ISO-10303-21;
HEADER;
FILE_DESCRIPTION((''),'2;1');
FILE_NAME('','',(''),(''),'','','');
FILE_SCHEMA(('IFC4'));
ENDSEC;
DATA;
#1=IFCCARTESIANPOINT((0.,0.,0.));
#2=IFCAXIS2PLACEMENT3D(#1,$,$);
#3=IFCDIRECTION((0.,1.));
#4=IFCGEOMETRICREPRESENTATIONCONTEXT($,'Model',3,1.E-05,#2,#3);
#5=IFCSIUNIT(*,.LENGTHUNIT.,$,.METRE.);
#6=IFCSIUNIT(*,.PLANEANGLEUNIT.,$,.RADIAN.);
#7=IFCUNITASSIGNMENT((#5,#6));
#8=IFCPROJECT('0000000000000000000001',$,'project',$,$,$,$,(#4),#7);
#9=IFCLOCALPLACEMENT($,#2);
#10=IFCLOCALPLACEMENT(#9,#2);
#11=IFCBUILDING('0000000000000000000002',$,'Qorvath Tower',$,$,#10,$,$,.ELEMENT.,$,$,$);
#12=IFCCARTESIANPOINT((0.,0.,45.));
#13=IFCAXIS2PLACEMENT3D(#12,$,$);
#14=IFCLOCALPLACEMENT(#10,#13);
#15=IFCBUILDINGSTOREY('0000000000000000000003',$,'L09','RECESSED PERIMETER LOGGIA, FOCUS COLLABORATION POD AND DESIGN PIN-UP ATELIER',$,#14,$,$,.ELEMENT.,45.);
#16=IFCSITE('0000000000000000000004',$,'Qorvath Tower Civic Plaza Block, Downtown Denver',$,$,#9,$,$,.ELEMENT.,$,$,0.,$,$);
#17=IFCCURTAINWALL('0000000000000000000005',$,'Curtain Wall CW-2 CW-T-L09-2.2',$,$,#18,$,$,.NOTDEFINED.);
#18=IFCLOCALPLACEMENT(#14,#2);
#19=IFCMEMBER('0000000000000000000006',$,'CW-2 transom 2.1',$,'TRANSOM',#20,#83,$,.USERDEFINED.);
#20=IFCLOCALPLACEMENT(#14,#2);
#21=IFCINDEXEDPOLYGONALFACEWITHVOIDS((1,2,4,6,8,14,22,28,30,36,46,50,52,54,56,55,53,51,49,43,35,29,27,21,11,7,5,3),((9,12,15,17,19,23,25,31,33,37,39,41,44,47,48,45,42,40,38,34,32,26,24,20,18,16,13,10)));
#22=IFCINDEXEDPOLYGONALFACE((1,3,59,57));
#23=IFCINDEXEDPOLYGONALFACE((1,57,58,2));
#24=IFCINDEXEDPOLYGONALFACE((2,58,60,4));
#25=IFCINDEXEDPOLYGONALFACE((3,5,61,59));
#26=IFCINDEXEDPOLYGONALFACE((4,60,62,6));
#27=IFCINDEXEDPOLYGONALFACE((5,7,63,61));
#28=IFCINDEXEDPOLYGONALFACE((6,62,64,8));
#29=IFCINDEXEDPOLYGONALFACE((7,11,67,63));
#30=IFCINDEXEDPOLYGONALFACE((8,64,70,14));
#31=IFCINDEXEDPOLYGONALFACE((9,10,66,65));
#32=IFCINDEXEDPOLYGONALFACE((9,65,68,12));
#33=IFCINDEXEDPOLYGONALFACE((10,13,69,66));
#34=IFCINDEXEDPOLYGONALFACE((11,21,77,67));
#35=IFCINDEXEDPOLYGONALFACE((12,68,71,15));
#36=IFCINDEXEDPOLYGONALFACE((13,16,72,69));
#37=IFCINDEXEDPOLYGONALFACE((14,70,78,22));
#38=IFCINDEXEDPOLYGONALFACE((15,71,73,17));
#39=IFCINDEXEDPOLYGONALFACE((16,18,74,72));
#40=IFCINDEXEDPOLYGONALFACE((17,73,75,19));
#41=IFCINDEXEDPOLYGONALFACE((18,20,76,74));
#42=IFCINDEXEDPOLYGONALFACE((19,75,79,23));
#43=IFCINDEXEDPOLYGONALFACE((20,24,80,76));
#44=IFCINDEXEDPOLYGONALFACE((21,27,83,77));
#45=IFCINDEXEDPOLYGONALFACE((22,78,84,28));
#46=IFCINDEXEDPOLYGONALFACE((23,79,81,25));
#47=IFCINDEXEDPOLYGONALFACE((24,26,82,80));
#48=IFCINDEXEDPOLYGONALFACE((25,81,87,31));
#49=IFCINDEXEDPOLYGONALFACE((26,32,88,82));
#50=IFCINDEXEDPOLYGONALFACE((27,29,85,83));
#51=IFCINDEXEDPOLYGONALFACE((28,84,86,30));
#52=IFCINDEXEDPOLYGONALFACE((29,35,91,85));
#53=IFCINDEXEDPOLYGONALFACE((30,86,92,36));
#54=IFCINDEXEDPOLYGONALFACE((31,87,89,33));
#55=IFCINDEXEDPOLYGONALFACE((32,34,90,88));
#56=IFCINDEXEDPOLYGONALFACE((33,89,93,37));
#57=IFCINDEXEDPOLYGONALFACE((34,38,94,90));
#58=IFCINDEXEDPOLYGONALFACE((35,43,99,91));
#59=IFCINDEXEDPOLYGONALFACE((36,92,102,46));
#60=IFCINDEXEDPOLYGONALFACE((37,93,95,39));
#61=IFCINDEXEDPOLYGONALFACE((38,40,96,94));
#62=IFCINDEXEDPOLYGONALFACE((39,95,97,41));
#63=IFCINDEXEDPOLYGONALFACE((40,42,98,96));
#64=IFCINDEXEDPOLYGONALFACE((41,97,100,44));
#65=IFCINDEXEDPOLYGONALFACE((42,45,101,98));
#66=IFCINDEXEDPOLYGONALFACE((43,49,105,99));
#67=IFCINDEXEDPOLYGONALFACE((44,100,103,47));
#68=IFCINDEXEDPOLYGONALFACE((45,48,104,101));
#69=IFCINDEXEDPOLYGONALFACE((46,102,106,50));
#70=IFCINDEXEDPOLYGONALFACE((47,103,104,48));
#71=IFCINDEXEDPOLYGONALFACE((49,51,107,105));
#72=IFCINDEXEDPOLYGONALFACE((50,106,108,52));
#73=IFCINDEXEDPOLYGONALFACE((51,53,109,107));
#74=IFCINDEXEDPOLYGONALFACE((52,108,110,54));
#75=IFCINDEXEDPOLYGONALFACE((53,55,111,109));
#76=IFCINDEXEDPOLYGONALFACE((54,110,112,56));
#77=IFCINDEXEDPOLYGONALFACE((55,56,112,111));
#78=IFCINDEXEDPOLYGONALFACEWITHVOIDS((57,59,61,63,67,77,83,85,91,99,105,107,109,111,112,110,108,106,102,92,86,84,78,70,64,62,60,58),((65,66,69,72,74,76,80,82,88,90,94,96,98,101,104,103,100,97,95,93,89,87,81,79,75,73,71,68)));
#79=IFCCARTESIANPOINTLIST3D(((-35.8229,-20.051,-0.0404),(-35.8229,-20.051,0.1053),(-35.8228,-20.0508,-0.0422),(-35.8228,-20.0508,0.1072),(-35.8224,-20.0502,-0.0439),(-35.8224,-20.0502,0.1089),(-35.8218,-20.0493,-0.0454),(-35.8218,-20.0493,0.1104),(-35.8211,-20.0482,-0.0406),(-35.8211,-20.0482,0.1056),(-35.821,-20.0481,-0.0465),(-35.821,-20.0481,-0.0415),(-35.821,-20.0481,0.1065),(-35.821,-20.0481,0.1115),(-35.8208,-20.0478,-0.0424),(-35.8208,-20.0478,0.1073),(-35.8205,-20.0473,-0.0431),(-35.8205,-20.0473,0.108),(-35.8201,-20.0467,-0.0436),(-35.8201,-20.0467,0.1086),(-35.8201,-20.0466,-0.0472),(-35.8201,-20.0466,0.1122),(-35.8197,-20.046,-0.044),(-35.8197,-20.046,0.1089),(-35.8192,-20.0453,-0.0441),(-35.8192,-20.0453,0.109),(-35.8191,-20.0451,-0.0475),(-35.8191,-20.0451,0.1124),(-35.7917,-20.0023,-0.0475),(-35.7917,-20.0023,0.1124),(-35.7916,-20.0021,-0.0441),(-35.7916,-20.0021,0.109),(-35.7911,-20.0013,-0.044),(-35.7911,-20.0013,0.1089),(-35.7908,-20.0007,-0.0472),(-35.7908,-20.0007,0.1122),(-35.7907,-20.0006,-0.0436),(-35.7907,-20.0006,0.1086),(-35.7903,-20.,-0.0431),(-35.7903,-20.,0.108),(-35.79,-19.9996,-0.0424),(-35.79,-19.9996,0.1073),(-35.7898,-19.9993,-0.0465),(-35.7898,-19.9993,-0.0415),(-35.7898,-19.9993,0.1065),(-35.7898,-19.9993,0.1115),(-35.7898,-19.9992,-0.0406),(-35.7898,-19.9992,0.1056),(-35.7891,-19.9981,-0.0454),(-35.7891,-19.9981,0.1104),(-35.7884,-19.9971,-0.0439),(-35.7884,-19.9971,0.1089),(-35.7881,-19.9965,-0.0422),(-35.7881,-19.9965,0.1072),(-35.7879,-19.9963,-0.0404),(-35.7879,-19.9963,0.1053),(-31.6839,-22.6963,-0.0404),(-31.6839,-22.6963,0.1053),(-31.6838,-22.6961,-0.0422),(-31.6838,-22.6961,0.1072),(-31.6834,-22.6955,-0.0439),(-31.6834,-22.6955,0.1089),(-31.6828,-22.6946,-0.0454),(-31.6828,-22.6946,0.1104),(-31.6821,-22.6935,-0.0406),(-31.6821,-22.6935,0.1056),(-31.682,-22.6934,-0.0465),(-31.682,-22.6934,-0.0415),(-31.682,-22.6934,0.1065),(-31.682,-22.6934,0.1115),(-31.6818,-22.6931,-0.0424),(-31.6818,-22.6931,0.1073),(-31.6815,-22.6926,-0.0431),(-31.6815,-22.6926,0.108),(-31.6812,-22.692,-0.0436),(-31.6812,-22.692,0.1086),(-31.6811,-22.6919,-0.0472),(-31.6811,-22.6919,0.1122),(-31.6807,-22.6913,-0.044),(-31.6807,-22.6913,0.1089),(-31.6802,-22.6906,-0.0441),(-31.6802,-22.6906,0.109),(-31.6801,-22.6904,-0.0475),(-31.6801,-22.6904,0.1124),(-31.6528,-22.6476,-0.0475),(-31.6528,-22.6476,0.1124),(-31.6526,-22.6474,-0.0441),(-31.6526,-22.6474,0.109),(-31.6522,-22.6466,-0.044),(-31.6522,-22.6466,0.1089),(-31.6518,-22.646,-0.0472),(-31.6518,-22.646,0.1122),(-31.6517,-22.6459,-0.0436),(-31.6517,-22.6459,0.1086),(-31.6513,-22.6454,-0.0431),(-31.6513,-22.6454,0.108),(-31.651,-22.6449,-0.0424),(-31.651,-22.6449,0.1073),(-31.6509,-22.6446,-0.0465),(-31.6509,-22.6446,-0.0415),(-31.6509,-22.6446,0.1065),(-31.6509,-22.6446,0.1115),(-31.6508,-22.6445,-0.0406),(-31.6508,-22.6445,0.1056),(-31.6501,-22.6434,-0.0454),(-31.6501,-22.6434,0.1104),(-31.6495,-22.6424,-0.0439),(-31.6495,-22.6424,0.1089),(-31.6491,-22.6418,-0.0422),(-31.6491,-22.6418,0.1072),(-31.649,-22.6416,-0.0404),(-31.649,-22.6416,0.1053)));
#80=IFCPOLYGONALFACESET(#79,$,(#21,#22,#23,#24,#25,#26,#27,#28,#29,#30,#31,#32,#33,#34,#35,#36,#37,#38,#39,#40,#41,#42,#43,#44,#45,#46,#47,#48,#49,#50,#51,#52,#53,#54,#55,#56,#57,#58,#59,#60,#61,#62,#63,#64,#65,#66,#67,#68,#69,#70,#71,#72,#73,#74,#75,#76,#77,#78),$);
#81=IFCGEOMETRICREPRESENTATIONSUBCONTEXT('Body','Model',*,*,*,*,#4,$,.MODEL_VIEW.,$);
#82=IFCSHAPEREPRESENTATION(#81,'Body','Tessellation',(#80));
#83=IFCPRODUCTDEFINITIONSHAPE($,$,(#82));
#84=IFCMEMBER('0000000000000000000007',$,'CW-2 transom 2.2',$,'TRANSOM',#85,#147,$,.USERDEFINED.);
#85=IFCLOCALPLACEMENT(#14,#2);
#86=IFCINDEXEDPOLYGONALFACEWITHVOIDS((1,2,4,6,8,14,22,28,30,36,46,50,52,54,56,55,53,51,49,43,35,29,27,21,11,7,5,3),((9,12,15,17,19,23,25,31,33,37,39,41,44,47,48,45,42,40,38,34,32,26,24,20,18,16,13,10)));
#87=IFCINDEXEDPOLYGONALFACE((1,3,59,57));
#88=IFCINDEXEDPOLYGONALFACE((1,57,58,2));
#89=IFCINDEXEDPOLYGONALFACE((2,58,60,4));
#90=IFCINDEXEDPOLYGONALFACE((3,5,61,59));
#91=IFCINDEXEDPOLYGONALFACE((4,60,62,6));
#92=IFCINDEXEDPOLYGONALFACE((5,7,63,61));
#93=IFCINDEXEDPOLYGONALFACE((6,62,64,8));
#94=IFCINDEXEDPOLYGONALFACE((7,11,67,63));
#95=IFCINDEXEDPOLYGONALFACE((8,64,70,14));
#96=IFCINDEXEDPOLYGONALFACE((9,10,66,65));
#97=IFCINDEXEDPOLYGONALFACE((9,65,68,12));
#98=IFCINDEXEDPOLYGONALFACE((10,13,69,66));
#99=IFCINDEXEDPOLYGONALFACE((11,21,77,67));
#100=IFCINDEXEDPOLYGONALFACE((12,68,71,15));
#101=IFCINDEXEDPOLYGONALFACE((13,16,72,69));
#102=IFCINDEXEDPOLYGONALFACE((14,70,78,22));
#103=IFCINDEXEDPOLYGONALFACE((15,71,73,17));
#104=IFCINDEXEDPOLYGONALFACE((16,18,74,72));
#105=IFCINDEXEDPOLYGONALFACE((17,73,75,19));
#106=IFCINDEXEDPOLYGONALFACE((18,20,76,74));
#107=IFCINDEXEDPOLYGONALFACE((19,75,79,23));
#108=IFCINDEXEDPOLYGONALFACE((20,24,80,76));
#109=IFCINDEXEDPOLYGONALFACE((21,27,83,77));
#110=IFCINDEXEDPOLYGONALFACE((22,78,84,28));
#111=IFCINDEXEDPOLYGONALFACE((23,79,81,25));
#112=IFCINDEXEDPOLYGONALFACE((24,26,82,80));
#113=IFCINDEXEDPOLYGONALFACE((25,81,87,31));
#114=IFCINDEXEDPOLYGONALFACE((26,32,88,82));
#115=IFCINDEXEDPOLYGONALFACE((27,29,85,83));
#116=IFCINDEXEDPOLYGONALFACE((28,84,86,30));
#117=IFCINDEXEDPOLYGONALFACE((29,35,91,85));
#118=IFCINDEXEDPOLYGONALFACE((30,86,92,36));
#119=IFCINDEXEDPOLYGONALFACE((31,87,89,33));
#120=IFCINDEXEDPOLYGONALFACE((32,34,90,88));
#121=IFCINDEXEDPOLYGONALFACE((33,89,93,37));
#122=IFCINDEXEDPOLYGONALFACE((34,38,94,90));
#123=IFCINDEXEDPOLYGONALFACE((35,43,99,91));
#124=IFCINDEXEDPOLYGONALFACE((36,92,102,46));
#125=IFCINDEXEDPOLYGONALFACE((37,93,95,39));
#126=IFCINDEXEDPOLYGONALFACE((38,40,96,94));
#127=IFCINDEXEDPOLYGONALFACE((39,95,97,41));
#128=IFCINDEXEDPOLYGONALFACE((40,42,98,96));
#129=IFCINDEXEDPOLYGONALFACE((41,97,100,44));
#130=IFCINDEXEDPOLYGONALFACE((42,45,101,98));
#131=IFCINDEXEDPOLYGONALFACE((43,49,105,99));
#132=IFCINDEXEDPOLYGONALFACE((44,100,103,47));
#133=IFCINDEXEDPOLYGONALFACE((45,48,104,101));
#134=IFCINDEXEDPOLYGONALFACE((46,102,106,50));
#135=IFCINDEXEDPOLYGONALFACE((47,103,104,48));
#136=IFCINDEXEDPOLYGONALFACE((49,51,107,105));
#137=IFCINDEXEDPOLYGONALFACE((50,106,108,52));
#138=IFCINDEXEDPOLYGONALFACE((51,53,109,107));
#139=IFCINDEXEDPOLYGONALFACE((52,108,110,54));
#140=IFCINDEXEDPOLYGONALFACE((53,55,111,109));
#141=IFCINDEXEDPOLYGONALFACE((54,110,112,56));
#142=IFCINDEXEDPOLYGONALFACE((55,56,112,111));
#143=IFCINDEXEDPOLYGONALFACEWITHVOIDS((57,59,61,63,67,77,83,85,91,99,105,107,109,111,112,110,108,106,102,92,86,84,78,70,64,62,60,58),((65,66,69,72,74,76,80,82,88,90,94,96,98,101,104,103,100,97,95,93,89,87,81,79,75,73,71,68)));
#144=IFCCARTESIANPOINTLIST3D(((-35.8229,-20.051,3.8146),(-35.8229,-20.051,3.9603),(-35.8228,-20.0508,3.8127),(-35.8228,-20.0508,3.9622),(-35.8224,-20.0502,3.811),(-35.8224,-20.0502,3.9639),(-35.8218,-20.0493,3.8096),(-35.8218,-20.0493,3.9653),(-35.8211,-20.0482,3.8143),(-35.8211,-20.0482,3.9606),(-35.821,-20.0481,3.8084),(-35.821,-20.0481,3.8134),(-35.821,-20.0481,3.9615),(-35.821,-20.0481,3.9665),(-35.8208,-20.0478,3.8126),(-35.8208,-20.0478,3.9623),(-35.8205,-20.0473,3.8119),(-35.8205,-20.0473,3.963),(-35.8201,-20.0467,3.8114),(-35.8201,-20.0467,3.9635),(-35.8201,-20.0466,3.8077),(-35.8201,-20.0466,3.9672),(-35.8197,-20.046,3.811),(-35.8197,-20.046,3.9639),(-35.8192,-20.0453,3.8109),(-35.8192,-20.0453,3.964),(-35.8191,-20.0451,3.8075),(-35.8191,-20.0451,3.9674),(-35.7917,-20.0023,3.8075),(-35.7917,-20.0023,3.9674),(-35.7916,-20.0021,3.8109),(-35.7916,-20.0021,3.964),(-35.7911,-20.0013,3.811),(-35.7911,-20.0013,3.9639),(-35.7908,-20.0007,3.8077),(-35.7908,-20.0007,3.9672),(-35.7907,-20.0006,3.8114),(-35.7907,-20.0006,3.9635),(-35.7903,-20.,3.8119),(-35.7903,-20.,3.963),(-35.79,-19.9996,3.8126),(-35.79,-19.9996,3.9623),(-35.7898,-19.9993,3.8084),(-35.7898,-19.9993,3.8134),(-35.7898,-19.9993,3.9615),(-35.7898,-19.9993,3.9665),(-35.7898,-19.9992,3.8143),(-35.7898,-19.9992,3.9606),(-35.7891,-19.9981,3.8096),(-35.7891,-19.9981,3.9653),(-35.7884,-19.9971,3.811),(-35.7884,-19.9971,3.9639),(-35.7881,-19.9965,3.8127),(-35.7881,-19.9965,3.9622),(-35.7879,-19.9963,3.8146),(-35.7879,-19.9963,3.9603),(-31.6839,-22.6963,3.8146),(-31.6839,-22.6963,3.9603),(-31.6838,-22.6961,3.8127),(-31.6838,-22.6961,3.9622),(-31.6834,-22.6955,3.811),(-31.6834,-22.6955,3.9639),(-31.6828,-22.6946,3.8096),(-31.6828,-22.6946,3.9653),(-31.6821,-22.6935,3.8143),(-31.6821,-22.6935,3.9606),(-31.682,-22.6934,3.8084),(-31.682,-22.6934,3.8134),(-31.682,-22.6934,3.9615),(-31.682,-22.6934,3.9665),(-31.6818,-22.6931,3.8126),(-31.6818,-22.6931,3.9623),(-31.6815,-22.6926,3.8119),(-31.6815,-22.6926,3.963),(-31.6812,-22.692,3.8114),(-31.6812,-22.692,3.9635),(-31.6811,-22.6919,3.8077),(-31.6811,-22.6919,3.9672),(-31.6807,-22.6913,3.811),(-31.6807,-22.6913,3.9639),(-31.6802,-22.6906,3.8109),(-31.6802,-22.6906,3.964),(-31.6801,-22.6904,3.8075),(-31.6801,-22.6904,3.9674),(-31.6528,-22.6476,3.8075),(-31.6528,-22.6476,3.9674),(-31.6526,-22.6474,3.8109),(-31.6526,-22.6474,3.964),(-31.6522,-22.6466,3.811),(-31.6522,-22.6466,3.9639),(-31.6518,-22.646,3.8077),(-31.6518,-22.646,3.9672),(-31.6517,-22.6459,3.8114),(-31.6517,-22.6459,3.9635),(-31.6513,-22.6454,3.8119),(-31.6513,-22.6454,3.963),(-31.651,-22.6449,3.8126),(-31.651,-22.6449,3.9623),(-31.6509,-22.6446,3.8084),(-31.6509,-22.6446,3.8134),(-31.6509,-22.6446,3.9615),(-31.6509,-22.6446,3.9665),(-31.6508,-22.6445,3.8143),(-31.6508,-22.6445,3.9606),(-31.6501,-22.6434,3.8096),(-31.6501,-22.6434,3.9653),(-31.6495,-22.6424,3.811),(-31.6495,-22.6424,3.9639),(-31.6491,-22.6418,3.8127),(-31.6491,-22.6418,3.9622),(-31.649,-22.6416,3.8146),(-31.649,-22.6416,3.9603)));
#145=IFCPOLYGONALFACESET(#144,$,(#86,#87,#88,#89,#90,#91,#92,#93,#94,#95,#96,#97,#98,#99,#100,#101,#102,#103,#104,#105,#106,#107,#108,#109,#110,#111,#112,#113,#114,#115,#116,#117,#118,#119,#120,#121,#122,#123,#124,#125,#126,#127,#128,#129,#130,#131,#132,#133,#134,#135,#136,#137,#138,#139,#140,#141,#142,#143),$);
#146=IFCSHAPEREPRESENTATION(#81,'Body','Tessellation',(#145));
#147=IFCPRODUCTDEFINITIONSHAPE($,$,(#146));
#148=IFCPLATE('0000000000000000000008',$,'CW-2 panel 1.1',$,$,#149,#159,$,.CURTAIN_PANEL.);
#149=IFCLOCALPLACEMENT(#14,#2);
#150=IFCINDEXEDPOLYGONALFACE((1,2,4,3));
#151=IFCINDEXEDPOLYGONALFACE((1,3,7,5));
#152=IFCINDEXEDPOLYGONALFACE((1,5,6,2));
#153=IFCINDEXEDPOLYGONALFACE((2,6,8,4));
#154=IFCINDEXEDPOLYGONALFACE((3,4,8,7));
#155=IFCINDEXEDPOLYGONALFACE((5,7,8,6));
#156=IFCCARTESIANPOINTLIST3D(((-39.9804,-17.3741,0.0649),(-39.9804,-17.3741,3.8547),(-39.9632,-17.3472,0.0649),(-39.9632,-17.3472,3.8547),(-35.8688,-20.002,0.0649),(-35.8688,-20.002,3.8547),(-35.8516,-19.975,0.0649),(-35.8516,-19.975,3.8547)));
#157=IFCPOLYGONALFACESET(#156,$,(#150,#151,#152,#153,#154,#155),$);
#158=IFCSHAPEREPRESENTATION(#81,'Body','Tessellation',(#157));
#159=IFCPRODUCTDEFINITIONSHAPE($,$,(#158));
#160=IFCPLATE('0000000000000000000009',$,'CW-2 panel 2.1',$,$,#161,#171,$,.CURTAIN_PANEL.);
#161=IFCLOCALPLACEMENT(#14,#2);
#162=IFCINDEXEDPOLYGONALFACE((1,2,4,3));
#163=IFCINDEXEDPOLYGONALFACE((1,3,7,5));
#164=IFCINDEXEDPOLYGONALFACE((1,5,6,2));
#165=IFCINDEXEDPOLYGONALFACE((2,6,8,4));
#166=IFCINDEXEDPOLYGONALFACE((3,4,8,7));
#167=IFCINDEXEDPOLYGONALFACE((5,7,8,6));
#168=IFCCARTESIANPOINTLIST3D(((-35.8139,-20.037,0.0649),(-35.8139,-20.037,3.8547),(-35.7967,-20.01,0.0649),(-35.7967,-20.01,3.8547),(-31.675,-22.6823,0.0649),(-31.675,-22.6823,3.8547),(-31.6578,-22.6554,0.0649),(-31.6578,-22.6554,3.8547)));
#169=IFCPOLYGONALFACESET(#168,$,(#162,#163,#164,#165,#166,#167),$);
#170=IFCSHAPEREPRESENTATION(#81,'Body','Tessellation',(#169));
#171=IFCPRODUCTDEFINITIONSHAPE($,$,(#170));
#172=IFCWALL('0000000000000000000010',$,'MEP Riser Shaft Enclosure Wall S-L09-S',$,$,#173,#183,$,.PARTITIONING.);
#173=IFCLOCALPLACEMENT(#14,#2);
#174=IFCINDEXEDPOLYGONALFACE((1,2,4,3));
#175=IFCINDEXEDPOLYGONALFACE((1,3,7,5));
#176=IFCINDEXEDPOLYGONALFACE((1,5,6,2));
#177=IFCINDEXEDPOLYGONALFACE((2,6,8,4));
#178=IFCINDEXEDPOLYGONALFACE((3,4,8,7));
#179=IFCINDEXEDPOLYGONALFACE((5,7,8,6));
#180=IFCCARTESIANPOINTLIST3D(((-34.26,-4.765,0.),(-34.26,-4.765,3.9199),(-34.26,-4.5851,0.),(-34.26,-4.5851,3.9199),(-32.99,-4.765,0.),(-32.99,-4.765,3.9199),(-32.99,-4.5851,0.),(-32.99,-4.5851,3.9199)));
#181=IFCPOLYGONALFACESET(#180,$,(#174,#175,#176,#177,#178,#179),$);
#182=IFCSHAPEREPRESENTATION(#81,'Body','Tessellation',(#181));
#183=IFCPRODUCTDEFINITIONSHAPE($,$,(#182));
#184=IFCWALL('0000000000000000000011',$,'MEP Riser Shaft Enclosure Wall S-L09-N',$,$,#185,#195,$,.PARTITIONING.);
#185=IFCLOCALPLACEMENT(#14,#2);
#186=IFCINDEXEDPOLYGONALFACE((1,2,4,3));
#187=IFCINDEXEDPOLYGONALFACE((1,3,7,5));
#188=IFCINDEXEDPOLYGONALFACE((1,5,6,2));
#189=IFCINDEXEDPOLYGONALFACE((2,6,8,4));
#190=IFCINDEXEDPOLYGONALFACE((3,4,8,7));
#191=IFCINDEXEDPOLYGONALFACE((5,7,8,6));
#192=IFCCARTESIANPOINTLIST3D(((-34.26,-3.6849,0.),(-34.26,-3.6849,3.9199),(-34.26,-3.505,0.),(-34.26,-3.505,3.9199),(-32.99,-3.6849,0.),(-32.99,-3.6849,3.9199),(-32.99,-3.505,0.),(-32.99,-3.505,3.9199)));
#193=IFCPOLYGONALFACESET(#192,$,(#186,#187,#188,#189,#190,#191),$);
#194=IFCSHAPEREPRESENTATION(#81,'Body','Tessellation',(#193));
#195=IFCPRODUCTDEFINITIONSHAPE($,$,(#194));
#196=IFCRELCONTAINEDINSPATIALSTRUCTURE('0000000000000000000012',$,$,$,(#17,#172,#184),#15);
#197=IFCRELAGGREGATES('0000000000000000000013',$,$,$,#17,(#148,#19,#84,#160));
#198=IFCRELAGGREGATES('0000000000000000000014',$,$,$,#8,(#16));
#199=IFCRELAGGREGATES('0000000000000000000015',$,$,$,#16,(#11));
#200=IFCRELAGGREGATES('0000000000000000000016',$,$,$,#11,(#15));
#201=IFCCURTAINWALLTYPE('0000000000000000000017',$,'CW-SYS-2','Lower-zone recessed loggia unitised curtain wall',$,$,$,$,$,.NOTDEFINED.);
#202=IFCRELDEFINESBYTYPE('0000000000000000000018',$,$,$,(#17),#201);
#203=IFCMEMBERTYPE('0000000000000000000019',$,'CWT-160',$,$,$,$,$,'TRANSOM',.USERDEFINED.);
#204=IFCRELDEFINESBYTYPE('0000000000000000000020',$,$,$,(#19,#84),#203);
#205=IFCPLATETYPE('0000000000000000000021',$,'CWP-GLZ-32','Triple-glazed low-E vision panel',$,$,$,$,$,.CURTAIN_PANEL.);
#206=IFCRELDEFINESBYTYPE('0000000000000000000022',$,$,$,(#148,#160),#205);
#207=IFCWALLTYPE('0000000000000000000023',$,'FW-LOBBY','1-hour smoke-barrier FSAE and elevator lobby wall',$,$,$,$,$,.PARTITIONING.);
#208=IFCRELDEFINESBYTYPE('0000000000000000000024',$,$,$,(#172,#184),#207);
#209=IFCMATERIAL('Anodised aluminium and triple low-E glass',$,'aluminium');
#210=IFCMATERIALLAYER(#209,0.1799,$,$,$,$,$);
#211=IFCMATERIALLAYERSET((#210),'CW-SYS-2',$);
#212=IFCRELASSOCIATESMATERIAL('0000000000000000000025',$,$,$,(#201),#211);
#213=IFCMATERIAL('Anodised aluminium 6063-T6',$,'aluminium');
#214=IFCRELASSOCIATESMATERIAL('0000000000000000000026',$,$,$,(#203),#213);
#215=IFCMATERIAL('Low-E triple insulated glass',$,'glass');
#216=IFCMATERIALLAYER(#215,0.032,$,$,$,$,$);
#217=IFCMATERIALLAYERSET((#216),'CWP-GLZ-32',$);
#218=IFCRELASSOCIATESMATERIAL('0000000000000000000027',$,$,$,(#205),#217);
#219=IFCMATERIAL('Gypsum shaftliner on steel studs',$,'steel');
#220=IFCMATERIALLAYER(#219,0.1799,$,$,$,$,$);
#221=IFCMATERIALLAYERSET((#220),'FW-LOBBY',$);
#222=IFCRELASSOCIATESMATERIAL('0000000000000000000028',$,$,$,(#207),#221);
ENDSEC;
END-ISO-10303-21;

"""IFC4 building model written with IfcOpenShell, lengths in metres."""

from ifc_helpers import new_model, si_unit, direction, frame, frame_2d, origin, origin_2d, place, context, subcontext, project, spatial, rectangle, hollow_rectangle, extrude, material, layer, layer_set, material_profile, profile_set, type_object, element, aggregate, save


model = new_model("IFC4")

# Units and contexts
model_context = context("Model", 3, precision=1e-05, world=origin(), true_north=direction((0.0, 1.0)))
body_context = subcontext(model_context, "Body", "Model", "MODEL_VIEW")
ifc_project = project(units=[si_unit("LENGTHUNIT", "METRE"), si_unit("PLANEANGLEUNIT", "RADIAN")], contexts=[model_context])

# Site, building, storey
site_placement = place(None, origin())
site = spatial("IfcSite", under=ifc_project, at=site_placement, Name="Qorvath Tower Civic Plaza Block, Downtown Denver", CompositionType="ELEMENT", RefElevation=0.0)
building_placement = place(site_placement, origin())
building = spatial("IfcBuilding", under=site, at=building_placement, Name="Qorvath Tower", CompositionType="ELEMENT")
storey_placement = place(building_placement, frame((0.0, 0.0, 45.0)))
storey = spatial("IfcBuildingStorey", under=building, at=storey_placement, Name="L09", Description="RECESSED PERIMETER LOGGIA, FOCUS COLLABORATION POD AND DESIGN PIN-UP ATELIER", CompositionType="ELEMENT", Elevation=45.0)

# Curtain wall, members, plates
ifc_material_1 = material(Name="Anodised aluminium and triple low-E glass", Category="aluminium")
ifc_layer_1 = layer(ifc_material_1, 0.1799)
ifc_layer_set_1 = layer_set([ifc_layer_1], Name="CW-SYS-2")
curtain_wall_type = type_object("IfcCurtainWallType", Name="CW-SYS-2", Description="Lower-zone recessed loggia unitised curtain wall", PredefinedType="NOTDEFINED", material=ifc_layer_set_1)
curtain_wall_placement = place(storey_placement, origin())
curtain_wall = element("IfcCurtainWall", 1, at=curtain_wall_placement, inside=storey, type_object=curtain_wall_type, Name="Curtain Wall CW-2 CW-T-L09-2.2", PredefinedType="NOTDEFINED")
ifc_material_2 = material(Name="Anodised aluminium 6063-T6", Category="aluminium")
ifc_material_profile_1 = material_profile(ifc_material_2, hollow_rectangle(XDim=0.0649, YDim=0.1599, WallThickness=0.0034, InnerFilletRadius=0.0034, OuterFilletRadius=0.0071, at=origin_2d()), Name="CWT 160x65")
ifc_profile_set_1 = profile_set([ifc_material_profile_1], Name="Anodised aluminium 6063-T6")
member_type_1 = type_object("IfcMemberType", Name="CWT-160", ElementType="TRANSOM", PredefinedType="USERDEFINED", material=ifc_profile_set_1)
member_1_placement = place(storey_placement, frame((-35.8054, -20.0237, 0.0325), z_axis=(0.842608, -0.538528, 0.0), x_axis=(0.538528, 0.842608, 0.0)))
member_1 = element("IfcMember", 2, at=member_1_placement, type_object=member_type_1, Name="CW-2 transom 2.1", ObjectType="TRANSOM", PredefinedType="USERDEFINED", context=body_context, shape_type="SweptSolid", body=[
    extrude(hollow_rectangle(XDim=0.0649, YDim=0.1599, WallThickness=0.0034, InnerFilletRadius=0.0034, OuterFilletRadius=0.0071, at=origin_2d()), origin(), (0.0, 0.0, 1.0), 4.9121),
])
member_2_placement = place(storey_placement, frame((-35.8054, -20.0237, 3.8875), z_axis=(0.842608, -0.538528, 0.0), x_axis=(0.538528, 0.842608, 0.0)))
member_2 = element("IfcMember", 3, at=member_2_placement, type_object=member_type_1, Name="CW-2 transom 2.2", ObjectType="TRANSOM", PredefinedType="USERDEFINED", context=body_context, shape_type="SweptSolid", body=[
    extrude(hollow_rectangle(XDim=0.0649, YDim=0.1599, WallThickness=0.0034, InnerFilletRadius=0.0034, OuterFilletRadius=0.0071, at=origin_2d()), origin(), (0.0, 0.0, 1.0), 4.9121),
])
ifc_material_3 = material(Name="Low-E triple insulated glass", Category="glass")
ifc_layer_2 = layer(ifc_material_3, 0.032)
ifc_layer_set_2 = layer_set([ifc_layer_2], Name="CWP-GLZ-32")
plate_type = type_object("IfcPlateType", Name="CWP-GLZ-32", Description="Triple-glazed low-E vision panel", PredefinedType="CURTAIN_PANEL", material=ifc_layer_set_2)
plate_1_placement = place(storey_placement, frame((-37.916, -18.6746, 0.0649), z_axis=(0.0, 0.0, 1.0), x_axis=(0.842602, -0.538537, 0.0)))
plate_1 = element("IfcPlate", 4, at=plate_1_placement, type_object=plate_type, Name="CW-2 panel 1.1", PredefinedType="CURTAIN_PANEL", context=body_context, shape_type="SweptSolid", body=[
    extrude(rectangle(XDim=4.8796, YDim=0.032, at=origin_2d()), origin(), (0.0, 0.0, 1.0), 3.7898),
])
plate_2_placement = place(storey_placement, frame((-33.7358, -21.3462, 0.0649), z_axis=(0.0, 0.0, 1.0), x_axis=(0.842602, -0.538537, 0.0)))
plate_2 = element("IfcPlate", 5, at=plate_2_placement, type_object=plate_type, Name="CW-2 panel 2.1", PredefinedType="CURTAIN_PANEL", context=body_context, shape_type="SweptSolid", body=[
    extrude(rectangle(XDim=4.9121, YDim=0.032, at=origin_2d()), origin(), (0.0, 0.0, 1.0), 3.7898),
])
aggregate(curtain_wall, [plate_1, member_1, member_2, plate_2])

# Walls
ifc_material_4 = material(Name="Gypsum shaftliner on steel studs", Category="steel")
ifc_layer_3 = layer(ifc_material_4, 0.1799)
ifc_layer_set_3 = layer_set([ifc_layer_3], Name="FW-LOBBY")
wall_type_1 = type_object("IfcWallType", Name="FW-LOBBY", Description="1-hour smoke-barrier FSAE and elevator lobby wall", PredefinedType="PARTITIONING", material=ifc_layer_set_3)
for number, where, z_axis, x_axis, name in (
    (6, (-32.99, -4.675, 0.0), (0.0, 0.0, 1.0), (-1.0, 0.0, 0.0), "MEP Riser Shaft Enclosure Wall S-L09-S"),
    (7, (-34.26, -3.595, 0.0), (0.0, 0.0, 1.0), (1.0, 0.0, 0.0), "MEP Riser Shaft Enclosure Wall S-L09-N"),
):
    element("IfcWall", number, at=place(storey_placement, frame(where, z_axis=z_axis, x_axis=x_axis)), inside=storey, type_object=wall_type_1, Name=name, PredefinedType="PARTITIONING", context=body_context, shape_type="SweptSolid", body=[
        extrude(rectangle(XDim=1.27, YDim=0.1799, at=frame_2d((0.635, 0.0))), origin(), (0.0, 0.0, 1.0), 3.9199),
    ])

save(model, "model.ifc")
